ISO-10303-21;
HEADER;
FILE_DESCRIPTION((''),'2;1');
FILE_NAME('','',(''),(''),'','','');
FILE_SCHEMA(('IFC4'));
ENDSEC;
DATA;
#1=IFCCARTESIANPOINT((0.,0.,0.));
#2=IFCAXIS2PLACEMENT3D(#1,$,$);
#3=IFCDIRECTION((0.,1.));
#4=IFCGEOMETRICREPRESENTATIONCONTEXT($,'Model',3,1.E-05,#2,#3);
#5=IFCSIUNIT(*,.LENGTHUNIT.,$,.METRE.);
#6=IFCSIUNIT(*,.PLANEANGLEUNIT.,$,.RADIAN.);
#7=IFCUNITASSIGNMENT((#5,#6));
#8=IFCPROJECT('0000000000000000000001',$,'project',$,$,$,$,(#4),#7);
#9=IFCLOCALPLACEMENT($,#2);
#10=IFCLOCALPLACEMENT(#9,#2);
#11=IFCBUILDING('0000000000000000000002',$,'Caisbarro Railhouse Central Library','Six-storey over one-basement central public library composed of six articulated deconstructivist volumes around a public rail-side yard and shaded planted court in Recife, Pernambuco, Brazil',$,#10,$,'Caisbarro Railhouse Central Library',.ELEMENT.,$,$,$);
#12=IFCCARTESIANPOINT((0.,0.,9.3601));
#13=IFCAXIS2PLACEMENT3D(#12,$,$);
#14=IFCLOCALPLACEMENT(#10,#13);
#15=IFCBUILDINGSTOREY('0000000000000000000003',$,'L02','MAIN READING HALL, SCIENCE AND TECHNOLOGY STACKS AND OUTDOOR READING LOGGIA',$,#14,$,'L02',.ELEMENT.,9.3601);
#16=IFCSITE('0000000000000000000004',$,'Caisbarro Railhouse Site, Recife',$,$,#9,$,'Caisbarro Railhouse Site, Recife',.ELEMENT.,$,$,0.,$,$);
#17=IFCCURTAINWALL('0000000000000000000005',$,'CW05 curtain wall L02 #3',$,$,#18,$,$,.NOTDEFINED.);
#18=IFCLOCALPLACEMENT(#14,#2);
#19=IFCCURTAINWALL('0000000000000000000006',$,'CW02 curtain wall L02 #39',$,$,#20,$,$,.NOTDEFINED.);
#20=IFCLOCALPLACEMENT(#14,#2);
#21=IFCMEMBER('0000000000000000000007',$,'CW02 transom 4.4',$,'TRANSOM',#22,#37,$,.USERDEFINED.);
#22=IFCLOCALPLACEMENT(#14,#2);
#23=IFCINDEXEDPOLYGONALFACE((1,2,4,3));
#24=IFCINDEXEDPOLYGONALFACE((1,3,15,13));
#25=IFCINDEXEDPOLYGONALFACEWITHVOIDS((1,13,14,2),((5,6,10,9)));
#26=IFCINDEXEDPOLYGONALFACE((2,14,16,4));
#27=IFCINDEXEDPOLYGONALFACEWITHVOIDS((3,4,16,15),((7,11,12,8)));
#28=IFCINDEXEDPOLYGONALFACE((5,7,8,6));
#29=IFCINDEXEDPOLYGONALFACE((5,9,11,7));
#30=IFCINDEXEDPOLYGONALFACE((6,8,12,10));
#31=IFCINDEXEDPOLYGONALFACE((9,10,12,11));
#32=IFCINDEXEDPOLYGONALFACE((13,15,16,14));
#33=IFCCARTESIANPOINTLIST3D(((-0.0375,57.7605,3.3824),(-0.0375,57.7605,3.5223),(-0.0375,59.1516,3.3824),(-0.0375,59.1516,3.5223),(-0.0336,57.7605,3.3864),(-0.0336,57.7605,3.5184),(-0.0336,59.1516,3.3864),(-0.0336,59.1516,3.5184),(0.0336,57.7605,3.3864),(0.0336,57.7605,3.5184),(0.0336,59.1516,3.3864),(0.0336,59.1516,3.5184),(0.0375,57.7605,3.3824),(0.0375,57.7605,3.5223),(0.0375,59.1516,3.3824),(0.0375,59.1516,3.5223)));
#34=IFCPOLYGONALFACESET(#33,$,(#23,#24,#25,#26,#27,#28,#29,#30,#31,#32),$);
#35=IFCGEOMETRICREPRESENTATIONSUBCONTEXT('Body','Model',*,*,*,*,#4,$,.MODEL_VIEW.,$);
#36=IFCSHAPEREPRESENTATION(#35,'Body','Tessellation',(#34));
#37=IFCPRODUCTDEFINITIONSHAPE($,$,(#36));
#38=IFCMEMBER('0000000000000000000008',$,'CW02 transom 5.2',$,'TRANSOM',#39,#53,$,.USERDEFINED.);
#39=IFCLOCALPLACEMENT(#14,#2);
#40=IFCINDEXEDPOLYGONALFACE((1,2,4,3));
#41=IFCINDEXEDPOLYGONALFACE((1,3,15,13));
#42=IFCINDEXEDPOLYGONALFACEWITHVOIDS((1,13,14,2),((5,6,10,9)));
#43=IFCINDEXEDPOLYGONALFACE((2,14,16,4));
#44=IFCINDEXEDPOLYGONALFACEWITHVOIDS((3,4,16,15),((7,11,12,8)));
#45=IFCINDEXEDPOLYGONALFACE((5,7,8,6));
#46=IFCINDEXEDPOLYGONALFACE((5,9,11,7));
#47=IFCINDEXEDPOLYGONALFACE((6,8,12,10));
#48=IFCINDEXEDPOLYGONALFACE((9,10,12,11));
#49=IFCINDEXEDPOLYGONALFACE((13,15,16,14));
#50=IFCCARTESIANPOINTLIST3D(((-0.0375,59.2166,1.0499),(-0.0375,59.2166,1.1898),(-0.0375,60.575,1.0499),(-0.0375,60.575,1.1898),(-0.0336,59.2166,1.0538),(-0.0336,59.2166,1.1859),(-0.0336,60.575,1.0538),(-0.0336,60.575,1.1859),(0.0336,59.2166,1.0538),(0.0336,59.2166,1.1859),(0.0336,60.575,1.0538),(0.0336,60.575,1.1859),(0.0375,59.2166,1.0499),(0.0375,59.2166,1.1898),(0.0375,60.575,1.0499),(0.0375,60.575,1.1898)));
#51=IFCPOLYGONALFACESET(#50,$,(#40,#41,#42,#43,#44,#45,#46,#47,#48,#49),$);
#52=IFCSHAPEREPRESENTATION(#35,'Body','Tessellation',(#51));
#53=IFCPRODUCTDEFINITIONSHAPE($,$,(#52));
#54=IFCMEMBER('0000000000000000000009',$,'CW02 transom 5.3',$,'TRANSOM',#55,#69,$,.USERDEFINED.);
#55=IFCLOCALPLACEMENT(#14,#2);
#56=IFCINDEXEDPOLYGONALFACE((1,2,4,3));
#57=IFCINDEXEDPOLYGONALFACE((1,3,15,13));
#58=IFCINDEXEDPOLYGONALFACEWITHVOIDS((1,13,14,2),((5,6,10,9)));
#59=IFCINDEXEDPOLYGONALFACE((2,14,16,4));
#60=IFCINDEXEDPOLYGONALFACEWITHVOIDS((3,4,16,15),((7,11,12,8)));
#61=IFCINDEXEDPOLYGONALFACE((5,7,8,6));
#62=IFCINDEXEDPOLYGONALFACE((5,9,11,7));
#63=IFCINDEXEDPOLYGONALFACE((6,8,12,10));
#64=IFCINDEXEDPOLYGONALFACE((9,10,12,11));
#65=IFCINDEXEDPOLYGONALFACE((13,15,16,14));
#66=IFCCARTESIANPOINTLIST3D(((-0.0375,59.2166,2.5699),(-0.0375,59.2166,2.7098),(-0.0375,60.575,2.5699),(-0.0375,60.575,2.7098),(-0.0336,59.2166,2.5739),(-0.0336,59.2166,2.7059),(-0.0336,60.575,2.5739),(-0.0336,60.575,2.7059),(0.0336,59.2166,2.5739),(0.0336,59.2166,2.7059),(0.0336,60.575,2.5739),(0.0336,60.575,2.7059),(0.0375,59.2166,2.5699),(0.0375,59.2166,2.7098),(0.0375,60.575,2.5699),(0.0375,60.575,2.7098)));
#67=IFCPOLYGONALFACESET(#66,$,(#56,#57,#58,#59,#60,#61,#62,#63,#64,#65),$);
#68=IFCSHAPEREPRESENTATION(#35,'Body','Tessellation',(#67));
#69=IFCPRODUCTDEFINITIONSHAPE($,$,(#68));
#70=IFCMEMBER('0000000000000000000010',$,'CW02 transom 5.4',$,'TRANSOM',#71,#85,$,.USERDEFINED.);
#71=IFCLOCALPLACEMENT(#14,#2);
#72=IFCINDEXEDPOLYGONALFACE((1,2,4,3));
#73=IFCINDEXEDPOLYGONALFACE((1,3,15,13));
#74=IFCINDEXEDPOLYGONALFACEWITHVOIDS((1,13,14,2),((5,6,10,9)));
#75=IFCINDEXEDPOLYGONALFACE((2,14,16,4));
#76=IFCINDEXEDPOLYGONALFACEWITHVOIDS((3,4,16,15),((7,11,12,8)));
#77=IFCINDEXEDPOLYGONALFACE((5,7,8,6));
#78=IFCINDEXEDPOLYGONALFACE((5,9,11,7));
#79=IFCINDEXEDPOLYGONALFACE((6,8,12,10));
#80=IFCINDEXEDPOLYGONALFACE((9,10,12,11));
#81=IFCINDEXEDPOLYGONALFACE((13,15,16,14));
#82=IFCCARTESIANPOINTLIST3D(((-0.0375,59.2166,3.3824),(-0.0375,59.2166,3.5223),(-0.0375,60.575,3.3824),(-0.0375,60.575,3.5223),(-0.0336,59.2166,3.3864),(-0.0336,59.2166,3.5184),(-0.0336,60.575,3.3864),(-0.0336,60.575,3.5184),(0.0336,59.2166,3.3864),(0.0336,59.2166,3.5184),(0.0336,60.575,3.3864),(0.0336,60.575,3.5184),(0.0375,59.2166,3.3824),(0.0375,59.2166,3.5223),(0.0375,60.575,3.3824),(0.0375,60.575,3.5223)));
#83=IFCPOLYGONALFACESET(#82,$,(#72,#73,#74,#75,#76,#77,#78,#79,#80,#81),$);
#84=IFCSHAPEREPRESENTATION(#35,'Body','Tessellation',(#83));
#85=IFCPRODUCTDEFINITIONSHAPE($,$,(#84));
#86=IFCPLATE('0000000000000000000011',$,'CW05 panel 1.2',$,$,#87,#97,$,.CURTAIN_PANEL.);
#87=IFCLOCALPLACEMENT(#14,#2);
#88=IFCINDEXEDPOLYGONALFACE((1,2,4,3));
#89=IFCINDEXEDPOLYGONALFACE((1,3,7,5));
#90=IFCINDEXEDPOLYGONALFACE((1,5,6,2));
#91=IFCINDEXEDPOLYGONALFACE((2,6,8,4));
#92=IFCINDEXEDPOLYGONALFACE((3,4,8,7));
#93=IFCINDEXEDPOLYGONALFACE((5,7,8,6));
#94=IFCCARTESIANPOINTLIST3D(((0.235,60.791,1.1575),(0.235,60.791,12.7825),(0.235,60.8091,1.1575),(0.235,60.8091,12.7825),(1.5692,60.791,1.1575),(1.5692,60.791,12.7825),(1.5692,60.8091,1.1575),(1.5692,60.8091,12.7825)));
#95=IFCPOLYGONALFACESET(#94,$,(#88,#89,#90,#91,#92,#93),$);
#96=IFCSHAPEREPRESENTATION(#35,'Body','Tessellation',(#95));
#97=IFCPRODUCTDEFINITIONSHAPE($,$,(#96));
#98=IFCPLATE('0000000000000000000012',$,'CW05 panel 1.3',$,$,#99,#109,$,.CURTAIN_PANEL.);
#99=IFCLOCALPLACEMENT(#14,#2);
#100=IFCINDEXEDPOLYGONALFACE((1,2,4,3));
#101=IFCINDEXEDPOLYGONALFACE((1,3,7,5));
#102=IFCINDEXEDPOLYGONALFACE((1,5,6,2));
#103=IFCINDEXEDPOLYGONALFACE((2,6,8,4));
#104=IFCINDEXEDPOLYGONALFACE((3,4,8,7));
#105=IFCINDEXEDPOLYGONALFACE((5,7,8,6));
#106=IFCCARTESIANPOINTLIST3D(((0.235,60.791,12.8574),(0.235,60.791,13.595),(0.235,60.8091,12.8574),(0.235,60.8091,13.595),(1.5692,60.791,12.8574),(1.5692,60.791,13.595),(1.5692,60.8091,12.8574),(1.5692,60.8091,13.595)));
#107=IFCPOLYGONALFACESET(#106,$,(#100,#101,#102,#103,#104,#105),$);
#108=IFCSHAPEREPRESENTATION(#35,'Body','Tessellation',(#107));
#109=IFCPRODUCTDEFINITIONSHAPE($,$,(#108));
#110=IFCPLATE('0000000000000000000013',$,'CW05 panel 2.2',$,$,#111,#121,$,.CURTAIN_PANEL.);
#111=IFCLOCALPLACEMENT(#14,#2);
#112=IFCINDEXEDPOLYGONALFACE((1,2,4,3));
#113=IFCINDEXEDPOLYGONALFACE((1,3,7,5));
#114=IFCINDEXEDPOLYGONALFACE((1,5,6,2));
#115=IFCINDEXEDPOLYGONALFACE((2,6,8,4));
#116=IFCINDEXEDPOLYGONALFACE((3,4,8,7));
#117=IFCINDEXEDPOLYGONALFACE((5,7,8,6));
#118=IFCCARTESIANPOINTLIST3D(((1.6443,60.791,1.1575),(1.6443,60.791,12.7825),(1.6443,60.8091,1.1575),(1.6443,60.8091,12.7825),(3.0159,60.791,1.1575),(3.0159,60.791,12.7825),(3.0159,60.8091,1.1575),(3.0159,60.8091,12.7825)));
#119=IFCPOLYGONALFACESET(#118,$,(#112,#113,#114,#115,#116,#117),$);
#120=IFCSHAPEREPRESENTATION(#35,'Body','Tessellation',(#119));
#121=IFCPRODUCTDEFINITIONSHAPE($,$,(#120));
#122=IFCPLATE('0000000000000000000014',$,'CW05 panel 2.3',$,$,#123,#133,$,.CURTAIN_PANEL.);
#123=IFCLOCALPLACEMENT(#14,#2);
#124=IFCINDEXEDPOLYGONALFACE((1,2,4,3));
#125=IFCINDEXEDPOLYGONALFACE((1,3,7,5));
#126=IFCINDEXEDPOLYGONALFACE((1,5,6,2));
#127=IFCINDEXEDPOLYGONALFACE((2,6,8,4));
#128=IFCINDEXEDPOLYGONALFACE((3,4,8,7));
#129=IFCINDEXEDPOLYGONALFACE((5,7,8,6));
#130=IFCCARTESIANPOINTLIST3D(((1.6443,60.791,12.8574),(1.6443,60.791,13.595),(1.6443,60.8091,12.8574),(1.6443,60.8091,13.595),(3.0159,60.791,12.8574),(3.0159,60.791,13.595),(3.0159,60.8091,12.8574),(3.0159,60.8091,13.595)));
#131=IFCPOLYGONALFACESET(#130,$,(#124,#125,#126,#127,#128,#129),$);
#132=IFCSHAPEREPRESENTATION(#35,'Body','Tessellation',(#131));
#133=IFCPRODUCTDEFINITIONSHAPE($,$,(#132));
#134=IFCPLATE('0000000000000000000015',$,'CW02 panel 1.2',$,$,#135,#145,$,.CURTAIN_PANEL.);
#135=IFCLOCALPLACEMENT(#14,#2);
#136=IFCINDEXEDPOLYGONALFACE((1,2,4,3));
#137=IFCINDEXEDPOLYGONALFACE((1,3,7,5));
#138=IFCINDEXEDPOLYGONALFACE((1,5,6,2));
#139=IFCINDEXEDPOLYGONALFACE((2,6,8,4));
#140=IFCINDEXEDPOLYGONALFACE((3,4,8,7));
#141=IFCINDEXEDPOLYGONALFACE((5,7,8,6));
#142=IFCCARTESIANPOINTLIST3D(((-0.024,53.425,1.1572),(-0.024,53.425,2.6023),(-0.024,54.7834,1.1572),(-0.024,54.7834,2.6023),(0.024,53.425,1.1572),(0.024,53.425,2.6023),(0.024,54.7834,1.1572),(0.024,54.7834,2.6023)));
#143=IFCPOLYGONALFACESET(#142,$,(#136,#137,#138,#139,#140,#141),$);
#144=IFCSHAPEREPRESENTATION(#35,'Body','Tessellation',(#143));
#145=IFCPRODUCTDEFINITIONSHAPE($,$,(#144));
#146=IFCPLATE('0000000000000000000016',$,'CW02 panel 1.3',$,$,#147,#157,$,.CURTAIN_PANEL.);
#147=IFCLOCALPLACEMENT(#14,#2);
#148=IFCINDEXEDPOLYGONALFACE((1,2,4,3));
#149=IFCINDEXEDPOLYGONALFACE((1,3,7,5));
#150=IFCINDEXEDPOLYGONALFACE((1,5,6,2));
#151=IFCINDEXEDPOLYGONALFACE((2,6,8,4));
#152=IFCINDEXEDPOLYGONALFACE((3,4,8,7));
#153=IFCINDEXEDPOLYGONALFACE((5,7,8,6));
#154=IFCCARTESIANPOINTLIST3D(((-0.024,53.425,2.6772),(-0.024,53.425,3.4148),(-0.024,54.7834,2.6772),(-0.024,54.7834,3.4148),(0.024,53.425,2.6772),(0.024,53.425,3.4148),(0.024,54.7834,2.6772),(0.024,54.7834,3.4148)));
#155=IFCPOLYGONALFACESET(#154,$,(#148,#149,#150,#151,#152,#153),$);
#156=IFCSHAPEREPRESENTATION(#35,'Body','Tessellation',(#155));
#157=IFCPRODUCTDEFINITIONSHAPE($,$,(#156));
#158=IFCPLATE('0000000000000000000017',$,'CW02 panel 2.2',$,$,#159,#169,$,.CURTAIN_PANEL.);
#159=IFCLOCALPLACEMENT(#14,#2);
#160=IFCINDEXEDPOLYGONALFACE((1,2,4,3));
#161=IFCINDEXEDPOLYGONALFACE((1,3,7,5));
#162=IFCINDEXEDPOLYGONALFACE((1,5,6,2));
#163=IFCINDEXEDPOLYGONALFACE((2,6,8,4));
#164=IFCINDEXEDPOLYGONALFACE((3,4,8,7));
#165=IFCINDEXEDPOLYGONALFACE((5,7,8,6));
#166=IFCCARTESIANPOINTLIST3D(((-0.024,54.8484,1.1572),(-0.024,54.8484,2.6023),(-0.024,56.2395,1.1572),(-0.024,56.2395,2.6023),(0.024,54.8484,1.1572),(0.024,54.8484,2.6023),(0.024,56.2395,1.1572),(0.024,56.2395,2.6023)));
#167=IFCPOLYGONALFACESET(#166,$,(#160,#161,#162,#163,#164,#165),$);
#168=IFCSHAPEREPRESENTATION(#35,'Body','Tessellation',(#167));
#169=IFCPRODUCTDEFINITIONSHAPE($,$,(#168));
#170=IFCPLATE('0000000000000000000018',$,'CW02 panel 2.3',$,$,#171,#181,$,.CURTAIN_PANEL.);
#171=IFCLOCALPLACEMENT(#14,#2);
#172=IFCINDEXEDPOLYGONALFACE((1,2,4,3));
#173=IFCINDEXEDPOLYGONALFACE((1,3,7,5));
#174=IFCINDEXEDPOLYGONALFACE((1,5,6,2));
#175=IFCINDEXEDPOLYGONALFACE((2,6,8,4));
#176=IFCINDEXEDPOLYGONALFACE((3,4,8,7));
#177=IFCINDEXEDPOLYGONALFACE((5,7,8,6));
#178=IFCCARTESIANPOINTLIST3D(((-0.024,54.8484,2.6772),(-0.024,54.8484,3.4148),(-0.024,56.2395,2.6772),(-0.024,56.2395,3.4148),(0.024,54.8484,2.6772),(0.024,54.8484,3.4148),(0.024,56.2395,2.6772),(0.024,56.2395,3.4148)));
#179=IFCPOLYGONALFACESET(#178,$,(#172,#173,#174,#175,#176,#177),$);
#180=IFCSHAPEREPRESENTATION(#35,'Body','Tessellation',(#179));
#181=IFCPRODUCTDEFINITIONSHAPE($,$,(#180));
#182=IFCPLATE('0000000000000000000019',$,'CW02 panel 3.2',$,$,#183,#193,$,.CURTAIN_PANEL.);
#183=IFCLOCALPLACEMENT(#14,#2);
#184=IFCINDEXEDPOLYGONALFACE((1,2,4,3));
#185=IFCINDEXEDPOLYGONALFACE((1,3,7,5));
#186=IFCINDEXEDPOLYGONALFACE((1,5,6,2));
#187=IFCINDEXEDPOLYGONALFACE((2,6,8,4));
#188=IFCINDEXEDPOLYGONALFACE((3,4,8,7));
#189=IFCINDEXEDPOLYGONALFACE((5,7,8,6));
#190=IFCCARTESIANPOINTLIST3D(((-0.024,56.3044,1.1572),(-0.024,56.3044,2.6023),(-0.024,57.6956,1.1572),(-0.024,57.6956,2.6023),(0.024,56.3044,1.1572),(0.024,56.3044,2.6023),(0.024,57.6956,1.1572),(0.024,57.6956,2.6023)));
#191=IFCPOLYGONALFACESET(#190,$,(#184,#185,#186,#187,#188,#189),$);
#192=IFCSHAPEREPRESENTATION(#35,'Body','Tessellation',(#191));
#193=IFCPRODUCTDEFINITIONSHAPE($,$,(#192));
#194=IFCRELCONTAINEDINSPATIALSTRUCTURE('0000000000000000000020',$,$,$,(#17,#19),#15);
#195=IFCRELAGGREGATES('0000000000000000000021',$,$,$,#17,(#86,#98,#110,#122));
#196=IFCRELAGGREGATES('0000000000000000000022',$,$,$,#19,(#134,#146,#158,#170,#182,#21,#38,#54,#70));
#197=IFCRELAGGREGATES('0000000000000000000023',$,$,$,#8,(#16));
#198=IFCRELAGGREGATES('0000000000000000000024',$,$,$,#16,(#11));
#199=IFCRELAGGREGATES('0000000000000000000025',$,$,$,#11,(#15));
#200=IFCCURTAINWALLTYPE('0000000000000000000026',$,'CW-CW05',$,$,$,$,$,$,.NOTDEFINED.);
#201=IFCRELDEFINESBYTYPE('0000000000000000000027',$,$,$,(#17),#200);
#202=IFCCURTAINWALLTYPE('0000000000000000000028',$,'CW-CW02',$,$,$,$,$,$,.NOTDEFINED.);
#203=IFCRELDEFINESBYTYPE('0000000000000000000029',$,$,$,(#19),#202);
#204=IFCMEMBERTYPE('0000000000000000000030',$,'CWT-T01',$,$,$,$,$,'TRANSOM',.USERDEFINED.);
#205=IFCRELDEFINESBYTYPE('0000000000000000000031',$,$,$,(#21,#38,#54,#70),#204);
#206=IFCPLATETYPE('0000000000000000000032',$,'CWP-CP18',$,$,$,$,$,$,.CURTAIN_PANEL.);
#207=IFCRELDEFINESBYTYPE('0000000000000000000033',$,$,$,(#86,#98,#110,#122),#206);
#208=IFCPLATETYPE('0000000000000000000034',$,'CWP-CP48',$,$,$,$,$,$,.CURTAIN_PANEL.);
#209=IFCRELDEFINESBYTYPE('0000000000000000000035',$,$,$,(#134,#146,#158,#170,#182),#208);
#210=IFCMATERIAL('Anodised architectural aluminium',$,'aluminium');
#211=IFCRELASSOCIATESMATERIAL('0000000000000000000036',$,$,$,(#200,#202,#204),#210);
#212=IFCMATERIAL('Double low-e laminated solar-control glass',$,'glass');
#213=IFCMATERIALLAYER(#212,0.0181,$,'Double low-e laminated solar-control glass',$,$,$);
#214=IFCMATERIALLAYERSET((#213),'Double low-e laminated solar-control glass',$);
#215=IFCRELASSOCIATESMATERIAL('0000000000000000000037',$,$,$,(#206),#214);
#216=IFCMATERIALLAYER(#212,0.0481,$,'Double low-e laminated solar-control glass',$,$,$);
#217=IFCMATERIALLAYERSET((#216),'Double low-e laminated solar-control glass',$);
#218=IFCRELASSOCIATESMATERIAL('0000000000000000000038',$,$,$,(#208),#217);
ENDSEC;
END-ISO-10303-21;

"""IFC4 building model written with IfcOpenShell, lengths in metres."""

from ifc_helpers import new_model, si_unit, direction, frame, origin, origin_2d, place, context, subcontext, project, spatial, rectangle, hollow_rectangle, extrude, material, layer, layer_set, material_profile, profile_set, type_object, element, aggregate, save


model = new_model("IFC4")

# Units and contexts
model_context = context("Model", 3, precision=1e-05, world=origin(), true_north=direction((0.0, 1.0)))
body_context = subcontext(model_context, "Body", "Model", "MODEL_VIEW")
ifc_project = project(units=[si_unit("LENGTHUNIT", "METRE"), si_unit("PLANEANGLEUNIT", "RADIAN")], contexts=[model_context])

# Site, building, storey
site_placement = place(None, origin())
site = spatial("IfcSite", under=ifc_project, at=site_placement, Name="Caisbarro Railhouse Site, Recife", LongName="Caisbarro Railhouse Site, Recife", CompositionType="ELEMENT", RefElevation=0.0)
building_placement = place(site_placement, origin())
building = spatial("IfcBuilding", under=site, at=building_placement, Name="Caisbarro Railhouse Central Library", Description="Six-storey over one-basement central public library composed of six articulated deconstructivist volumes around a public rail-side yard and shaded planted court in Recife, Pernambuco, Brazil", LongName="Caisbarro Railhouse Central Library", CompositionType="ELEMENT")
storey_placement = place(building_placement, frame((0.0, 0.0, 9.3601)))
storey = spatial("IfcBuildingStorey", under=building, at=storey_placement, Name="L02", Description="MAIN READING HALL, SCIENCE AND TECHNOLOGY STACKS AND OUTDOOR READING LOGGIA", LongName="L02", CompositionType="ELEMENT", Elevation=9.3601)

# Curtain walls, members
ifc_material_1 = material(Name="Anodised architectural aluminium", Category="aluminium")
curtain_wall_type_1 = type_object("IfcCurtainWallType", Name="CW-CW05", PredefinedType="NOTDEFINED", material=ifc_material_1)
curtain_wall_1_placement = place(storey_placement, origin())
curtain_wall_1 = element("IfcCurtainWall", 1, at=curtain_wall_1_placement, inside=storey, type_object=curtain_wall_type_1, Name="CW05 curtain wall L02 #3", PredefinedType="NOTDEFINED")
ifc_material_profile = material_profile(ifc_material_1, hollow_rectangle(XDim=0.075, YDim=0.1399, WallThickness=0.0039, at=origin_2d()), Name="ALU-TRN-75X140")
ifc_profile_set = profile_set([ifc_material_profile], Name="Anodised architectural aluminium")
member_type = type_object("IfcMemberType", Name="CWT-T01", ElementType="TRANSOM", PredefinedType="USERDEFINED", material=ifc_profile_set)
curtain_wall_type_2 = type_object("IfcCurtainWallType", Name="CW-CW02", PredefinedType="NOTDEFINED", material=ifc_material_1)
curtain_wall_2_placement = place(storey_placement, origin())
curtain_wall_2 = element("IfcCurtainWall", 2, at=curtain_wall_2_placement, inside=storey, type_object=curtain_wall_type_2, Name="CW02 curtain wall L02 #39", PredefinedType="NOTDEFINED")
member_1_placement = place(storey_placement, frame((0.0, 57.7605, 3.4524), z_axis=(0.0, 1.0, 0.0), x_axis=(-1.0, 0.0, 0.0)))
member_1 = element("IfcMember", 3, at=member_1_placement, type_object=member_type, Name="CW02 transom 4.4", ObjectType="TRANSOM", PredefinedType="USERDEFINED", context=body_context, shape_type="SweptSolid", body=[
    extrude(hollow_rectangle(XDim=0.075, YDim=0.1399, WallThickness=0.0039, at=origin_2d()), origin(), (0.0, 0.0, 1.0), 1.3911),
])
member_2_placement = place(storey_placement, frame((0.0, 59.2166, 1.1199), z_axis=(0.0, 1.0, 0.0), x_axis=(-1.0, 0.0, 0.0)))
member_2 = element("IfcMember", 4, at=member_2_placement, type_object=member_type, Name="CW02 transom 5.2", ObjectType="TRANSOM", PredefinedType="USERDEFINED", context=body_context, shape_type="SweptSolid", body=[
    extrude(hollow_rectangle(XDim=0.075, YDim=0.1399, WallThickness=0.0039, at=origin_2d()), origin(), (0.0, 0.0, 1.0), 1.3584),
])
member_3_placement = place(storey_placement, frame((0.0, 59.2166, 2.6399), z_axis=(0.0, 1.0, 0.0), x_axis=(-1.0, 0.0, 0.0)))
member_3 = element("IfcMember", 5, at=member_3_placement, type_object=member_type, Name="CW02 transom 5.3", ObjectType="TRANSOM", PredefinedType="USERDEFINED", context=body_context, shape_type="SweptSolid", body=[
    extrude(hollow_rectangle(XDim=0.075, YDim=0.1399, WallThickness=0.0039, at=origin_2d()), origin(), (0.0, 0.0, 1.0), 1.3584),
])
member_4_placement = place(storey_placement, frame((0.0, 59.2166, 3.4524), z_axis=(0.0, 1.0, 0.0), x_axis=(-1.0, 0.0, 0.0)))
member_4 = element("IfcMember", 6, at=member_4_placement, type_object=member_type, Name="CW02 transom 5.4", ObjectType="TRANSOM", PredefinedType="USERDEFINED", context=body_context, shape_type="SweptSolid", body=[
    extrude(hollow_rectangle(XDim=0.075, YDim=0.1399, WallThickness=0.0039, at=origin_2d()), origin(), (0.0, 0.0, 1.0), 1.3584),
])

# Plates
ifc_material_2 = material(Name="Double low-e laminated solar-control glass", Category="glass")
ifc_layer_1 = layer(ifc_material_2, 0.0181, Name="Double low-e laminated solar-control glass")
ifc_layer_set_1 = layer_set([ifc_layer_1], Name="Double low-e laminated solar-control glass")
plate_type_1 = type_object("IfcPlateType", Name="CWP-CP18", PredefinedType="CURTAIN_PANEL", material=ifc_layer_set_1)
plate_1_placement = place(storey_placement, frame((0.9021, 60.8, 1.1575), z_axis=(0.0, 0.0, 1.0), x_axis=(1.0, 0.0, 0.0)))
plate_1 = element("IfcPlate", 7, at=plate_1_placement, type_object=plate_type_1, Name="CW05 panel 1.2", PredefinedType="CURTAIN_PANEL", context=body_context, shape_type="SweptSolid", body=[
    extrude(rectangle(XDim=1.3342, YDim=0.0181, at=origin_2d()), origin(), (0.0, 0.0, 1.0), 11.625),
])
plate_2_placement = place(storey_placement, frame((0.9021, 60.8, 12.8574), z_axis=(0.0, 0.0, 1.0), x_axis=(1.0, 0.0, 0.0)))
plate_2 = element("IfcPlate", 8, at=plate_2_placement, type_object=plate_type_1, Name="CW05 panel 1.3", PredefinedType="CURTAIN_PANEL", context=body_context, shape_type="SweptSolid", body=[
    extrude(rectangle(XDim=1.3342, YDim=0.0181, at=origin_2d()), origin(), (0.0, 0.0, 1.0), 0.7375),
])
plate_3_placement = place(storey_placement, frame((2.3301, 60.8, 1.1575), z_axis=(0.0, 0.0, 1.0), x_axis=(1.0, 0.0, 0.0)))
plate_3 = element("IfcPlate", 9, at=plate_3_placement, type_object=plate_type_1, Name="CW05 panel 2.2", PredefinedType="CURTAIN_PANEL", context=body_context, shape_type="SweptSolid", body=[
    extrude(rectangle(XDim=1.3716, YDim=0.0181, at=origin_2d()), origin(), (0.0, 0.0, 1.0), 11.625),
])
plate_4_placement = place(storey_placement, frame((2.3301, 60.8, 12.8574), z_axis=(0.0, 0.0, 1.0), x_axis=(1.0, 0.0, 0.0)))
plate_4 = element("IfcPlate", 10, at=plate_4_placement, type_object=plate_type_1, Name="CW05 panel 2.3", PredefinedType="CURTAIN_PANEL", context=body_context, shape_type="SweptSolid", body=[
    extrude(rectangle(XDim=1.3716, YDim=0.0181, at=origin_2d()), origin(), (0.0, 0.0, 1.0), 0.7375),
])
aggregate(curtain_wall_1, [plate_1, plate_2, plate_3, plate_4])
ifc_layer_2 = layer(ifc_material_2, 0.0481, Name="Double low-e laminated solar-control glass")
ifc_layer_set_2 = layer_set([ifc_layer_2], Name="Double low-e laminated solar-control glass")
plate_type_2 = type_object("IfcPlateType", Name="CWP-CP48", PredefinedType="CURTAIN_PANEL", material=ifc_layer_set_2)
plate_5_placement = place(storey_placement, frame((0.0, 54.1042, 1.1572), z_axis=(0.0, 0.0, 1.0), x_axis=(0.0, 1.0, 0.0)))
plate_5 = element("IfcPlate", 11, at=plate_5_placement, type_object=plate_type_2, Name="CW02 panel 1.2", PredefinedType="CURTAIN_PANEL", context=body_context, shape_type="SweptSolid", body=[
    extrude(rectangle(XDim=1.3584, YDim=0.0481, at=origin_2d()), origin(), (0.0, 0.0, 1.0), 1.4451),
])
plate_6_placement = place(storey_placement, frame((0.0, 54.1042, 2.6772), z_axis=(0.0, 0.0, 1.0), x_axis=(0.0, 1.0, 0.0)))
plate_6 = element("IfcPlate", 12, at=plate_6_placement, type_object=plate_type_2, Name="CW02 panel 1.3", PredefinedType="CURTAIN_PANEL", context=body_context, shape_type="SweptSolid", body=[
    extrude(rectangle(XDim=1.3584, YDim=0.0481, at=origin_2d()), origin(), (0.0, 0.0, 1.0), 0.7375),
])
plate_7_placement = place(storey_placement, frame((0.0, 55.5439, 1.1572), z_axis=(0.0, 0.0, 1.0), x_axis=(0.0, 1.0, 0.0)))
plate_7 = element("IfcPlate", 13, at=plate_7_placement, type_object=plate_type_2, Name="CW02 panel 2.2", PredefinedType="CURTAIN_PANEL", context=body_context, shape_type="SweptSolid", body=[
    extrude(rectangle(XDim=1.3911, YDim=0.0481, at=origin_2d()), origin(), (0.0, 0.0, 1.0), 1.4451),
])
plate_8_placement = place(storey_placement, frame((0.0, 55.5439, 2.6772), z_axis=(0.0, 0.0, 1.0), x_axis=(0.0, 1.0, 0.0)))
plate_8 = element("IfcPlate", 14, at=plate_8_placement, type_object=plate_type_2, Name="CW02 panel 2.3", PredefinedType="CURTAIN_PANEL", context=body_context, shape_type="SweptSolid", body=[
    extrude(rectangle(XDim=1.3911, YDim=0.0481, at=origin_2d()), origin(), (0.0, 0.0, 1.0), 0.7375),
])
plate_9_placement = place(storey_placement, frame((0.0, 57.0, 1.1572), z_axis=(0.0, 0.0, 1.0), x_axis=(0.0, 1.0, 0.0)))
plate_9 = element("IfcPlate", 15, at=plate_9_placement, type_object=plate_type_2, Name="CW02 panel 3.2", PredefinedType="CURTAIN_PANEL", context=body_context, shape_type="SweptSolid", body=[
    extrude(rectangle(XDim=1.3911, YDim=0.0481, at=origin_2d()), origin(), (0.0, 0.0, 1.0), 1.4451),
])
aggregate(curtain_wall_2, [plate_5, plate_6, plate_7, plate_8, plate_9, member_1, member_2, member_3, member_4])

save(model, "model.ifc")
